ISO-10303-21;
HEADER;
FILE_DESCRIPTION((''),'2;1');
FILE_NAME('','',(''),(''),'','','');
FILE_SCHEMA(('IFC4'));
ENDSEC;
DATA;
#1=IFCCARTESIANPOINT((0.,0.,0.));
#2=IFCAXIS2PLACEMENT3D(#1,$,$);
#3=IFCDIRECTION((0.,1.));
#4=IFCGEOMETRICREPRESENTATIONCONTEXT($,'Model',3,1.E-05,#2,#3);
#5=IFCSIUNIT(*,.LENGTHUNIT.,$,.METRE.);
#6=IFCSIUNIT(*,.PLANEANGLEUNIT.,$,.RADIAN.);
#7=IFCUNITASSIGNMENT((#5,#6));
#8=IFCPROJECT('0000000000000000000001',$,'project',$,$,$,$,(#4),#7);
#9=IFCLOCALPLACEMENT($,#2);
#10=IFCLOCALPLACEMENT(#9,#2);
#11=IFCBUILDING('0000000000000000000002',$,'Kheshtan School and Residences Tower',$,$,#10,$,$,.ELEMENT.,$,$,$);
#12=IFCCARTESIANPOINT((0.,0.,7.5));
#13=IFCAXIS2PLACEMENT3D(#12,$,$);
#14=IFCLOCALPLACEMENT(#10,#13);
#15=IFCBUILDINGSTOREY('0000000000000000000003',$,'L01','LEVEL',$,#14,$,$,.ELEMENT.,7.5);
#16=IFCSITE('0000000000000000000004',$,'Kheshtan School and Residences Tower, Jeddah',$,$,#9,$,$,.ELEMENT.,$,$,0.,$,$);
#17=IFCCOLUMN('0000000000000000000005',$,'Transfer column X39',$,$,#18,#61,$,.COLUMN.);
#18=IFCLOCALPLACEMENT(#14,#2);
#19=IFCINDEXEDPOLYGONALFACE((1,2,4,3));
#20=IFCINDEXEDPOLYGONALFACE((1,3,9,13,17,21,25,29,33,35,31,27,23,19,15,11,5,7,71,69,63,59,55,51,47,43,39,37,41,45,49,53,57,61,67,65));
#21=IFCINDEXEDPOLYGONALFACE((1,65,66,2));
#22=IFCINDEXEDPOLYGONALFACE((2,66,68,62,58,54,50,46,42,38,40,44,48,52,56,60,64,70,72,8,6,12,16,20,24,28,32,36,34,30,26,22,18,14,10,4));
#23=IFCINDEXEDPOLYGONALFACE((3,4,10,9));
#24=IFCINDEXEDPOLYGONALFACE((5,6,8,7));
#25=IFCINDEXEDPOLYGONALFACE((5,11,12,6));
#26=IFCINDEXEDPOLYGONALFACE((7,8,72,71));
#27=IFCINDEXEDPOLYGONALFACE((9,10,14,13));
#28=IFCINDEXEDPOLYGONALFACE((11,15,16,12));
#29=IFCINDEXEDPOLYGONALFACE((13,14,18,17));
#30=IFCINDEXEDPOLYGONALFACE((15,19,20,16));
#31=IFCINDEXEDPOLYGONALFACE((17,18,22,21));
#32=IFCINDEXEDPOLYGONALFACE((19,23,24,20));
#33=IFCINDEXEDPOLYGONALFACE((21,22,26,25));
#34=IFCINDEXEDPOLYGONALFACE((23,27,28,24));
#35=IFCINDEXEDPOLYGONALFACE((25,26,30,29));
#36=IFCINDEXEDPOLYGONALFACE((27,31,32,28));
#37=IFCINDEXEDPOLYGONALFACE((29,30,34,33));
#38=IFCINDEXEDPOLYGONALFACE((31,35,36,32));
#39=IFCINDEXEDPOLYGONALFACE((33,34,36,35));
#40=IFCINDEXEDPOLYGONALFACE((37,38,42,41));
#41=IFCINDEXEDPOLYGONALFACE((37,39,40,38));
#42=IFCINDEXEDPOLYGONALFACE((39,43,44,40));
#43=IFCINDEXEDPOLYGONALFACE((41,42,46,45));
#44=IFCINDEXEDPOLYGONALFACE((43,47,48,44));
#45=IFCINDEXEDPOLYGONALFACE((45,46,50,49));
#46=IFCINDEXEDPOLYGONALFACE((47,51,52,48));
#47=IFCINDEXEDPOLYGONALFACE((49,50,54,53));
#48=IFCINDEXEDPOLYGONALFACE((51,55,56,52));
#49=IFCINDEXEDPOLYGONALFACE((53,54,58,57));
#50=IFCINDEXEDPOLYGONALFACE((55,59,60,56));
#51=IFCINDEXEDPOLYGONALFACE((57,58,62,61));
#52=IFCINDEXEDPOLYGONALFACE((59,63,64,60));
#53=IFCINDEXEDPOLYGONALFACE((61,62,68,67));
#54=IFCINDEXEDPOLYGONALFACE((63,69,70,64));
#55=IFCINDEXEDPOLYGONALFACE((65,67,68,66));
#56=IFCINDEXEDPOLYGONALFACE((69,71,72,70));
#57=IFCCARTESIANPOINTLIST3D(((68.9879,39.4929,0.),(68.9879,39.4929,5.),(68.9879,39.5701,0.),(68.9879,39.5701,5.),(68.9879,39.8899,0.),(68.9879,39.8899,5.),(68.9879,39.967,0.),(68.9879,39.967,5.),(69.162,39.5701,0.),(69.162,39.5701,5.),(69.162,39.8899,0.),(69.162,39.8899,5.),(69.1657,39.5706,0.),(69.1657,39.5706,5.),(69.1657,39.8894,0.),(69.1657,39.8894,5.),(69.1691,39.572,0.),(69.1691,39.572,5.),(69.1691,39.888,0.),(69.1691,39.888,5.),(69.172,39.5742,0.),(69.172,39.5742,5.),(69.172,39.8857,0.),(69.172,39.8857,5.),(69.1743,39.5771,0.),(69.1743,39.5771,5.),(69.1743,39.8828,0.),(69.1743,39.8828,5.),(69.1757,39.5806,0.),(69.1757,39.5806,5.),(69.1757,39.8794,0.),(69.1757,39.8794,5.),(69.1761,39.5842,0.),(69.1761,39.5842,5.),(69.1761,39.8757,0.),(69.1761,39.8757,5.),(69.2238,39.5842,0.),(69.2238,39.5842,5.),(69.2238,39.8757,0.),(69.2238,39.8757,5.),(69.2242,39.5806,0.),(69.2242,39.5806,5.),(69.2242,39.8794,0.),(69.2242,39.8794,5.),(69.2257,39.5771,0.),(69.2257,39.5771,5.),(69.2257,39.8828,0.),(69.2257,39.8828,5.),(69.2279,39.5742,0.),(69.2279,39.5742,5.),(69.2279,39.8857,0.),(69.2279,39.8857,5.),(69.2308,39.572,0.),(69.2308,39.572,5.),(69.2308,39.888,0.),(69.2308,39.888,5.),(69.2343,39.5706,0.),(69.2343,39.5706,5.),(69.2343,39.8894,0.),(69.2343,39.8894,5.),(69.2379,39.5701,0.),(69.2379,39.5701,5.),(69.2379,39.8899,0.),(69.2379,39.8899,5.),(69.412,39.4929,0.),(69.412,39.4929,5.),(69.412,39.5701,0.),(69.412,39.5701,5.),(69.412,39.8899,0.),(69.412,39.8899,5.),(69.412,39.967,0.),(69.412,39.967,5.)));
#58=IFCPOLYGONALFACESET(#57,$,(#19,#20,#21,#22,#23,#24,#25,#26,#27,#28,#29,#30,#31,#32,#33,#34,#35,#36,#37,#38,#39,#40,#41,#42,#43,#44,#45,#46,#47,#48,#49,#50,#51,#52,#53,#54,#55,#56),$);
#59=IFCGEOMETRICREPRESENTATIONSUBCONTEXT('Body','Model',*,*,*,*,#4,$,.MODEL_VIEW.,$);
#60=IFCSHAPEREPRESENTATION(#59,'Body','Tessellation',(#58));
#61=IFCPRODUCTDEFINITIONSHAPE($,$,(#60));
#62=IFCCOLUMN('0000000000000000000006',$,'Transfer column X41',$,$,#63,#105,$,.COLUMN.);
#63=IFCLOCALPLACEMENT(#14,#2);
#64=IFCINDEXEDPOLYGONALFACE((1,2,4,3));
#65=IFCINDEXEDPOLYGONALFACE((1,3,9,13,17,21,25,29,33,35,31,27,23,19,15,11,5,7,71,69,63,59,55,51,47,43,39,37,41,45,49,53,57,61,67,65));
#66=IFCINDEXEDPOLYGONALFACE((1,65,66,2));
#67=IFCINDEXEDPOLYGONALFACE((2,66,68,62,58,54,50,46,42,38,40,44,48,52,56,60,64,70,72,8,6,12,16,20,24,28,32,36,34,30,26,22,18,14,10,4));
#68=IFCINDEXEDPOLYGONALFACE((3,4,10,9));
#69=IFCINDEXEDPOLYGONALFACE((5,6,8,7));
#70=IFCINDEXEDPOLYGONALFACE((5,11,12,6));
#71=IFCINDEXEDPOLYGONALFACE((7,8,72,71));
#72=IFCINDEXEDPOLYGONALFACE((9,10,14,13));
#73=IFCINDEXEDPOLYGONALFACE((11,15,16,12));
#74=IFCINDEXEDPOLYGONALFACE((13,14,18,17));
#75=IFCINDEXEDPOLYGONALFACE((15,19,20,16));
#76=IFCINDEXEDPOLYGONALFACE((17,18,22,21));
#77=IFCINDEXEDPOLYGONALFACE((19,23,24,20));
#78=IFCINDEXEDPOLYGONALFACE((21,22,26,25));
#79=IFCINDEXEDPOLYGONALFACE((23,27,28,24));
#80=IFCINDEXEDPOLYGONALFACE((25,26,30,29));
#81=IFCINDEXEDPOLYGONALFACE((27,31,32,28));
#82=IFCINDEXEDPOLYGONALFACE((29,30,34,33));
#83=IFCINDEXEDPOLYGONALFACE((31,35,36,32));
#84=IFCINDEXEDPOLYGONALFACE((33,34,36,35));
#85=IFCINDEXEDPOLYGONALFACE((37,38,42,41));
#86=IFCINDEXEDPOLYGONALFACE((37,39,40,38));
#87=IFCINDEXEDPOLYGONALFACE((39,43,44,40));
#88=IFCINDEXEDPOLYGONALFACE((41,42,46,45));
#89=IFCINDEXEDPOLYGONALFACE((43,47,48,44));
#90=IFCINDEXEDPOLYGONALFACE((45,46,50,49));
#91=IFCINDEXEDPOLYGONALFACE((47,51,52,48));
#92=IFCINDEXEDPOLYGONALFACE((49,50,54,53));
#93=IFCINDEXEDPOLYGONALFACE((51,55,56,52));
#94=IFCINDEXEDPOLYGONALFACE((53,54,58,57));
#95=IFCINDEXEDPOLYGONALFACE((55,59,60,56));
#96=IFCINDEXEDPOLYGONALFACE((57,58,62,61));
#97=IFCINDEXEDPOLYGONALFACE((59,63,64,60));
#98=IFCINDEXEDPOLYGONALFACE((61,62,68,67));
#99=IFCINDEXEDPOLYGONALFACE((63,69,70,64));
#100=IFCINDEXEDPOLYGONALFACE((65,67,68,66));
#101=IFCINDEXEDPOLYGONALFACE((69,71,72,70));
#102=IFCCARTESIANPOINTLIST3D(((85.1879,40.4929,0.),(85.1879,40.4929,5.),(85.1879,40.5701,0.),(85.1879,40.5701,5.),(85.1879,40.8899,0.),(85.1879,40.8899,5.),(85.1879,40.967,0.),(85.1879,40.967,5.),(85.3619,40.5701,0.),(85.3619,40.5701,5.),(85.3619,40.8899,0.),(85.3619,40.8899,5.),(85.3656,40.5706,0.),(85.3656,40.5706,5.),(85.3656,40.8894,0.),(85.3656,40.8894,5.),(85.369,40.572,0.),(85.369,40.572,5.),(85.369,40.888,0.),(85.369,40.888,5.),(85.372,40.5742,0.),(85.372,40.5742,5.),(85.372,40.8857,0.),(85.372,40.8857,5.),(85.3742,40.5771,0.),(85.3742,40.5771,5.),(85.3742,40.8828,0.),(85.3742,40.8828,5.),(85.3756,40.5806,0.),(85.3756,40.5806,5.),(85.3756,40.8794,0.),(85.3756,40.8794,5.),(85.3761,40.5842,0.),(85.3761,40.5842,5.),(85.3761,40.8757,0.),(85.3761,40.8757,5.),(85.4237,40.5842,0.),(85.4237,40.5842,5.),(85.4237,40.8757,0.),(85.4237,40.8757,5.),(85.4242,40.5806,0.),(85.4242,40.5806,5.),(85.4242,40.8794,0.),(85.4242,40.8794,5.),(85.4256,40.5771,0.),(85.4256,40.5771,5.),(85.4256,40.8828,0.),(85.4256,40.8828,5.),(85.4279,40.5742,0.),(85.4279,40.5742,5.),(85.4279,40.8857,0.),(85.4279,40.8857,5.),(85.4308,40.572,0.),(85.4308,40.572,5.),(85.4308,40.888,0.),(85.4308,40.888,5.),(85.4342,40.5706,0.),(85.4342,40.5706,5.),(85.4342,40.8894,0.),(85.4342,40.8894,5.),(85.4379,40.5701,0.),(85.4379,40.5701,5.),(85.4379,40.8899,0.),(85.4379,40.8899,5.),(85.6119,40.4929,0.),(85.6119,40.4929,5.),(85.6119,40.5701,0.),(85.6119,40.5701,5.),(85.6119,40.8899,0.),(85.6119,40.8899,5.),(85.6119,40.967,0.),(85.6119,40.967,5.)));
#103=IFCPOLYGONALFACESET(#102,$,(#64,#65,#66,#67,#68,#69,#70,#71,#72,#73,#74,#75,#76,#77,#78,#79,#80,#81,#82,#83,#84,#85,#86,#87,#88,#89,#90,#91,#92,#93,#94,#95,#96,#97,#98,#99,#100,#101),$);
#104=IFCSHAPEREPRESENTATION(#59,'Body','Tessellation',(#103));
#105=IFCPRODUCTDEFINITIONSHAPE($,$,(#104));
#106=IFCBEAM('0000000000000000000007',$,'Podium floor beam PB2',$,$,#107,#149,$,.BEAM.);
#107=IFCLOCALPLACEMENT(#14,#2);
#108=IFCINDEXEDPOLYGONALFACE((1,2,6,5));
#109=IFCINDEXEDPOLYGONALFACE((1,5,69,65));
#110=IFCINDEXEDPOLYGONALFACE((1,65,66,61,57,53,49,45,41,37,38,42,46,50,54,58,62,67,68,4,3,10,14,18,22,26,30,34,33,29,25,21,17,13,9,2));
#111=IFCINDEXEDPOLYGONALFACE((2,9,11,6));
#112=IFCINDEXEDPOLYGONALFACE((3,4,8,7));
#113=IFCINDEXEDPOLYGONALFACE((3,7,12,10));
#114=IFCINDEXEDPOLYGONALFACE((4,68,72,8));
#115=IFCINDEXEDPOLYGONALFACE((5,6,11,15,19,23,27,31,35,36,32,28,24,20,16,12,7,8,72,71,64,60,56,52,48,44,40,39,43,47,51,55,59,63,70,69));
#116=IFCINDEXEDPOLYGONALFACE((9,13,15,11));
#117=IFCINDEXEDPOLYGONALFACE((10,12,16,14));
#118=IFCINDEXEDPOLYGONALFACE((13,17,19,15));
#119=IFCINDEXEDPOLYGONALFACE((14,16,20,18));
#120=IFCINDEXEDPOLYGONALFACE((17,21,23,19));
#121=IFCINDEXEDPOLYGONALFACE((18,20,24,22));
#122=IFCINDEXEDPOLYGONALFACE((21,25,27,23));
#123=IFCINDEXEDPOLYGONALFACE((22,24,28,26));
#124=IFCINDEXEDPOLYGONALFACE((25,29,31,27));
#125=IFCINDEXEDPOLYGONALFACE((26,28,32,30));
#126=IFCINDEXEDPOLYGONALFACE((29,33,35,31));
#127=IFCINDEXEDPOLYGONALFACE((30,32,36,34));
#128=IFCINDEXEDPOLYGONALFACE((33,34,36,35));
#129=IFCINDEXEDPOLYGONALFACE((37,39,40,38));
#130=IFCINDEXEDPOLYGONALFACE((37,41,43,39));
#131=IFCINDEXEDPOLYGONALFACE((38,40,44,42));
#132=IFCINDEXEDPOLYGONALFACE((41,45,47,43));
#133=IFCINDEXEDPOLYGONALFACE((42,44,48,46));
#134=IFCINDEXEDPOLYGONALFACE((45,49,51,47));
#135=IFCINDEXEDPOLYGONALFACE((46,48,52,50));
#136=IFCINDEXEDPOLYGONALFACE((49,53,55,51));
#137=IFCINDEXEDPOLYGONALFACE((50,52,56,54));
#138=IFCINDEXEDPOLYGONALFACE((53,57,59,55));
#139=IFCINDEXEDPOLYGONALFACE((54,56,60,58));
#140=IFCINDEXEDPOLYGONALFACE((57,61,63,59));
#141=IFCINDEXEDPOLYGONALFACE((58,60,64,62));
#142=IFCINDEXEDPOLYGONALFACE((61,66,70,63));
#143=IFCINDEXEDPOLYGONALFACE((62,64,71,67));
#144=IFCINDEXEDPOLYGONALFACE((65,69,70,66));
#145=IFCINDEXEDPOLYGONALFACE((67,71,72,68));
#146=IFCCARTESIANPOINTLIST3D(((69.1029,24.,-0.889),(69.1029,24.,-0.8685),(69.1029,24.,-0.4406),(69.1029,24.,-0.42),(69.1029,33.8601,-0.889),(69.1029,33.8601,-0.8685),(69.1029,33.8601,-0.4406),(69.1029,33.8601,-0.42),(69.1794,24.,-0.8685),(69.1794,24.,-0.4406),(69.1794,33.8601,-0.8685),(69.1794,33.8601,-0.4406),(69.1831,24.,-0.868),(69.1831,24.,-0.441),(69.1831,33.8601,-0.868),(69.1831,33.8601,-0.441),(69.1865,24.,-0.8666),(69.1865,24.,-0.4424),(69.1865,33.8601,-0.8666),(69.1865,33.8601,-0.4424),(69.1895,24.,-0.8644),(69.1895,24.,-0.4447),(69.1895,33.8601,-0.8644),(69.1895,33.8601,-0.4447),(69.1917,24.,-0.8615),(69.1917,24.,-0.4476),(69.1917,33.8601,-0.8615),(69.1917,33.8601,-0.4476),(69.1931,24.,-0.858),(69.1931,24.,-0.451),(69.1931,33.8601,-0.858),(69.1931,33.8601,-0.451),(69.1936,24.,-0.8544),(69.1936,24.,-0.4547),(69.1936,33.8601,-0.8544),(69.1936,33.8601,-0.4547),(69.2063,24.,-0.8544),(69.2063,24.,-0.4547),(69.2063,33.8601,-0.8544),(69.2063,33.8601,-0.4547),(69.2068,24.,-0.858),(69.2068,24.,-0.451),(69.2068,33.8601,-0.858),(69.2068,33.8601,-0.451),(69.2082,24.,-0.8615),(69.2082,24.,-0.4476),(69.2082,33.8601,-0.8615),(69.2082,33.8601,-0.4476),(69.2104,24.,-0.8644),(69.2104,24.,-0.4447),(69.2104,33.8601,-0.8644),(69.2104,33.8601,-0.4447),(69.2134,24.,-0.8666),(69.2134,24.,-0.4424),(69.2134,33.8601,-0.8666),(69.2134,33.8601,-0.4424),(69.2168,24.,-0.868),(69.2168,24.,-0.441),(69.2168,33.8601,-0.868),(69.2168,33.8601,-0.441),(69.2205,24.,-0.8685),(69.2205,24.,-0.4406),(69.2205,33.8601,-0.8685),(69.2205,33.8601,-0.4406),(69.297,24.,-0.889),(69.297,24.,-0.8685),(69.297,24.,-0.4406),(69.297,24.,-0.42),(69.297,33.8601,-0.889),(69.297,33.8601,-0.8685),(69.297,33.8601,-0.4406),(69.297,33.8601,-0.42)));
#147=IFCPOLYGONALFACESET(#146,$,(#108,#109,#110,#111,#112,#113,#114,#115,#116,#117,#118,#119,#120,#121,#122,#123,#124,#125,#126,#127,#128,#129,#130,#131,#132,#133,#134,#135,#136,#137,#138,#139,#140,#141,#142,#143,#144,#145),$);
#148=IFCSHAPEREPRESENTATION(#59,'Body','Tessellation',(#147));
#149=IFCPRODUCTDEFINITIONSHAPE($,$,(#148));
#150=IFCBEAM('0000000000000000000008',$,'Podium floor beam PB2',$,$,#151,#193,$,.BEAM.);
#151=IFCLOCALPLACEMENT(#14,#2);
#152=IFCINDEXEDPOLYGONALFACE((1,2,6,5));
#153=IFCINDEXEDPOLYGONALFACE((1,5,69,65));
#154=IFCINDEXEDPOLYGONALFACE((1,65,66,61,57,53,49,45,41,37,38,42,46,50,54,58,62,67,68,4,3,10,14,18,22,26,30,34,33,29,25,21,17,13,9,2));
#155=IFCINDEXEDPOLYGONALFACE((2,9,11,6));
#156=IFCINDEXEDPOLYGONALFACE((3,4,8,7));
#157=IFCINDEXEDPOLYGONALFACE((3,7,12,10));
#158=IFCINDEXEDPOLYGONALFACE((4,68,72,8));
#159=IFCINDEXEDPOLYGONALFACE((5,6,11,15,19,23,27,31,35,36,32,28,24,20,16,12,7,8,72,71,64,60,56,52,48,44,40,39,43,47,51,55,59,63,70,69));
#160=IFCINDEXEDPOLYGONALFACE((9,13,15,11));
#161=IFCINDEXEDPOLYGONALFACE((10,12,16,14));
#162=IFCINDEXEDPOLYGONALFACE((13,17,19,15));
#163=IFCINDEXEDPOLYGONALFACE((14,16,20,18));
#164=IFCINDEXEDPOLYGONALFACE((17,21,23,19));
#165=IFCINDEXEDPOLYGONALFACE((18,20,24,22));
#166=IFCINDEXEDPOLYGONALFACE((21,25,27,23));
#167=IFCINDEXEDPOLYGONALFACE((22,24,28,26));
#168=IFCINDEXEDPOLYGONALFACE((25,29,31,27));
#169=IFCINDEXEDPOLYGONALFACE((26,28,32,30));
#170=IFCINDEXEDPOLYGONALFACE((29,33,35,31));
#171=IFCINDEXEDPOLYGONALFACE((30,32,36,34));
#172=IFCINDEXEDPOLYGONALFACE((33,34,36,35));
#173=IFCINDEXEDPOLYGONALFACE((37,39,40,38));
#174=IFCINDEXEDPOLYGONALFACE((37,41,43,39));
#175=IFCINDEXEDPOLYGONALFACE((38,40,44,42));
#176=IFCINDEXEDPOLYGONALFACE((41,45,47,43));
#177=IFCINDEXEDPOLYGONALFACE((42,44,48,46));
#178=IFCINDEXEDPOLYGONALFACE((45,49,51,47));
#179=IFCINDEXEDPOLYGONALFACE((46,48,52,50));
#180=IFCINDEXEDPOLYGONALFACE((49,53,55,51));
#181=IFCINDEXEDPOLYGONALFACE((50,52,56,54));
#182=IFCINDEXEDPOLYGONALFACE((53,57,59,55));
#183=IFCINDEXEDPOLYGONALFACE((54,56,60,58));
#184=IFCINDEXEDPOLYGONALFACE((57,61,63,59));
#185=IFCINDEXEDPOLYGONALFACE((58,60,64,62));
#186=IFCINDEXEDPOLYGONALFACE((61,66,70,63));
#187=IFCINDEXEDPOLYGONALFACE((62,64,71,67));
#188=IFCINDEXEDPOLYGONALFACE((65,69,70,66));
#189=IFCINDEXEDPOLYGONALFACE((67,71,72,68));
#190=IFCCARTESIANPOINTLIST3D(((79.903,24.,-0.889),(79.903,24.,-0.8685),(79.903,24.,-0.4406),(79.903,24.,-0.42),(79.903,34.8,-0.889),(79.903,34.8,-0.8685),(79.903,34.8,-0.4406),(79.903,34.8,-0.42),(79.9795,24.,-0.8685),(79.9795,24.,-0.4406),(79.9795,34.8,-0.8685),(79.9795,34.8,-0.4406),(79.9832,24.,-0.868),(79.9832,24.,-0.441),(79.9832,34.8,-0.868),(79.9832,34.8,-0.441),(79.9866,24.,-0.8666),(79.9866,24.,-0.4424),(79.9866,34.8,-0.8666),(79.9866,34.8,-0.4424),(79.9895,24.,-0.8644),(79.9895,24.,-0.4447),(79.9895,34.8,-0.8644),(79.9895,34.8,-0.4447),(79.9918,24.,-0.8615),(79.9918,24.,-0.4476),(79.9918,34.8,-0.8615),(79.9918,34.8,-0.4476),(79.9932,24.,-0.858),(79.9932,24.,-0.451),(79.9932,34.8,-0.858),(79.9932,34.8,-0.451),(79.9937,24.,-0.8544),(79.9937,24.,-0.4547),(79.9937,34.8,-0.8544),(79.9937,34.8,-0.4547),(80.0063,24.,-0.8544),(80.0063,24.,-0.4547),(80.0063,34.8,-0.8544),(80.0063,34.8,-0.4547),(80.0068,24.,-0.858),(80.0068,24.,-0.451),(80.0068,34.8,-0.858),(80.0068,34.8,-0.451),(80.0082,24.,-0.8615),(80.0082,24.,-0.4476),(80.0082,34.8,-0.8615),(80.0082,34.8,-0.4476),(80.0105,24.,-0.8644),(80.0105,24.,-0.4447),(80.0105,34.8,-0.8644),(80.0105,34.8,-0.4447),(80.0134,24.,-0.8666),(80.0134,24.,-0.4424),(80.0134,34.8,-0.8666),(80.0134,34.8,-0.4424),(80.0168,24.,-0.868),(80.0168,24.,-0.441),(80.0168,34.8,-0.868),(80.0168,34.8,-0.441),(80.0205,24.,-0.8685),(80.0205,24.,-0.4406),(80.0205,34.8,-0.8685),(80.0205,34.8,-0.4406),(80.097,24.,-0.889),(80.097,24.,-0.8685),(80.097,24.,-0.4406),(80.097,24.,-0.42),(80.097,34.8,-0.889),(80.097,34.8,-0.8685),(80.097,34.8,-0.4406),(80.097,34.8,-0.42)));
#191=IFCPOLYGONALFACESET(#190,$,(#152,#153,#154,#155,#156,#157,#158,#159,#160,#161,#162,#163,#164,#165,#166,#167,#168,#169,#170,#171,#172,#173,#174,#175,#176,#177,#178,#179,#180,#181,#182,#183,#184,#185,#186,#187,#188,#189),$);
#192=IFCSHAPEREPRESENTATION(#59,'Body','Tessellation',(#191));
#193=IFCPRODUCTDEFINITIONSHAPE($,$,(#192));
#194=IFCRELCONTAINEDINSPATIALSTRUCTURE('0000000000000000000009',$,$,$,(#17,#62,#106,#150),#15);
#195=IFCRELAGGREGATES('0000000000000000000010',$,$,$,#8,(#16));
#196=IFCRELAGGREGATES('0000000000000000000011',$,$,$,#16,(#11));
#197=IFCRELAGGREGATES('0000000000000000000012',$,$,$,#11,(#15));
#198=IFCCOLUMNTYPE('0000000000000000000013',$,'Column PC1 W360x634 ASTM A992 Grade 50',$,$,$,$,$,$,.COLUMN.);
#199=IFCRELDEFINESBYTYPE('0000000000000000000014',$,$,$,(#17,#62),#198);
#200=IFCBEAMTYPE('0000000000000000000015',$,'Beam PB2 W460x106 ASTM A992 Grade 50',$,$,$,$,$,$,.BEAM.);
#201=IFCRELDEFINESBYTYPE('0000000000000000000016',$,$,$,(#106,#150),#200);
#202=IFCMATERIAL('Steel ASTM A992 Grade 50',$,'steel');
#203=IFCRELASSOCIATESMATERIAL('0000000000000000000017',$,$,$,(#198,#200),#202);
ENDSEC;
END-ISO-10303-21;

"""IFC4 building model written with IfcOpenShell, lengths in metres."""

from ifc_helpers import new_model, si_unit, direction, frame, origin, origin_2d, place, context, subcontext, project, spatial, i_section, extrude, material, material_profile, profile_set, type_object, element, save


model = new_model("IFC4")

# Units and contexts
model_context = context("Model", 3, precision=1e-05, world=origin(), true_north=direction((0.0, 1.0)))
body_context = subcontext(model_context, "Body", "Model", "MODEL_VIEW")
ifc_project = project(units=[si_unit("LENGTHUNIT", "METRE"), si_unit("PLANEANGLEUNIT", "RADIAN")], contexts=[model_context])

# Site, building, storey
site_placement = place(None, origin())
site = spatial("IfcSite", under=ifc_project, at=site_placement, Name="Kheshtan School and Residences Tower, Jeddah", CompositionType="ELEMENT", RefElevation=0.0)
building_placement = place(site_placement, origin())
building = spatial("IfcBuilding", under=site, at=building_placement, Name="Kheshtan School and Residences Tower", CompositionType="ELEMENT")
storey_placement = place(building_placement, frame((0.0, 0.0, 7.5)))
storey = spatial("IfcBuildingStorey", under=building, at=storey_placement, Name="L01", Description="LEVEL", CompositionType="ELEMENT", Elevation=7.5)

# Columns
ifc_material_1 = material(Name="Steel ASTM A992 Grade 50", Category="steel")
ifc_material_profile_1 = material_profile(ifc_material_1, i_section(OverallWidth=0.4241, OverallDepth=0.4741, WebThickness=0.0476, FlangeThickness=0.0771, FilletRadius=0.0142, at=origin_2d()), Name="W360x634")
ifc_profile_set_1 = profile_set([ifc_material_profile_1], Name="Steel ASTM A992 Grade 50")
column_type = type_object("IfcColumnType", Name="Column PC1 W360x634 ASTM A992 Grade 50", PredefinedType="COLUMN", material=ifc_profile_set_1)
for number, where, z_axis, x_axis, name in (
    (1, (69.2, 39.73, 0.0), (0.0, 0.0, 1.0), (1.0, 0.0, 0.0), "Transfer column X39"),
    (2, (85.3999, 40.73, 0.0), (0.0, 0.0, 1.0), (1.0, 0.0, 0.0), "Transfer column X41"),
):
    element("IfcColumn", number, at=place(storey_placement, frame(where, z_axis=z_axis, x_axis=x_axis)), inside=storey, type_object=column_type, Name=name, PredefinedType="COLUMN", context=body_context, shape_type="SweptSolid", body=[
        extrude(i_section(OverallWidth=0.4241, OverallDepth=0.4741, WebThickness=0.0476, FlangeThickness=0.0771, FilletRadius=0.0142, at=origin_2d()), origin(), (0.0, 0.0, 1.0), 5.0),
    ])

# Beams
ifc_material_profile_2 = material_profile(ifc_material_1, i_section(OverallWidth=0.1941, OverallDepth=0.469, WebThickness=0.0127, FlangeThickness=0.0205, FilletRadius=0.0142, at=origin_2d()), Name="W460x106")
ifc_profile_set_2 = profile_set([ifc_material_profile_2], Name="Steel ASTM A992 Grade 50")
beam_type = type_object("IfcBeamType", Name="Beam PB2 W460x106 ASTM A992 Grade 50", PredefinedType="BEAM", material=ifc_profile_set_2)
beam_1_placement = place(storey_placement, frame((69.2, 24.0, -0.6545), z_axis=(0.0, 1.0, 0.0), x_axis=(-1.0, 0.0, 0.0)))
element("IfcBeam", 3, at=beam_1_placement, inside=storey, type_object=beam_type, Name="Podium floor beam PB2", PredefinedType="BEAM", context=body_context, shape_type="SweptSolid", body=[
    extrude(i_section(OverallWidth=0.1941, OverallDepth=0.469, WebThickness=0.0127, FlangeThickness=0.0205, FilletRadius=0.0142, at=origin_2d()), origin(), (0.0, 0.0, 1.0), 9.8601),
])
beam_2_placement = place(storey_placement, frame((80.0, 24.0, -0.6545), z_axis=(0.0, 1.0, 0.0), x_axis=(-1.0, 0.0, 0.0)))
element("IfcBeam", 4, at=beam_2_placement, inside=storey, type_object=beam_type, Name="Podium floor beam PB2", PredefinedType="BEAM", context=body_context, shape_type="SweptSolid", body=[
    extrude(i_section(OverallWidth=0.1941, OverallDepth=0.469, WebThickness=0.0127, FlangeThickness=0.0205, FilletRadius=0.0142, at=origin_2d()), origin(), (0.0, 0.0, 1.0), 10.8),
])

save(model, "model.ifc")
